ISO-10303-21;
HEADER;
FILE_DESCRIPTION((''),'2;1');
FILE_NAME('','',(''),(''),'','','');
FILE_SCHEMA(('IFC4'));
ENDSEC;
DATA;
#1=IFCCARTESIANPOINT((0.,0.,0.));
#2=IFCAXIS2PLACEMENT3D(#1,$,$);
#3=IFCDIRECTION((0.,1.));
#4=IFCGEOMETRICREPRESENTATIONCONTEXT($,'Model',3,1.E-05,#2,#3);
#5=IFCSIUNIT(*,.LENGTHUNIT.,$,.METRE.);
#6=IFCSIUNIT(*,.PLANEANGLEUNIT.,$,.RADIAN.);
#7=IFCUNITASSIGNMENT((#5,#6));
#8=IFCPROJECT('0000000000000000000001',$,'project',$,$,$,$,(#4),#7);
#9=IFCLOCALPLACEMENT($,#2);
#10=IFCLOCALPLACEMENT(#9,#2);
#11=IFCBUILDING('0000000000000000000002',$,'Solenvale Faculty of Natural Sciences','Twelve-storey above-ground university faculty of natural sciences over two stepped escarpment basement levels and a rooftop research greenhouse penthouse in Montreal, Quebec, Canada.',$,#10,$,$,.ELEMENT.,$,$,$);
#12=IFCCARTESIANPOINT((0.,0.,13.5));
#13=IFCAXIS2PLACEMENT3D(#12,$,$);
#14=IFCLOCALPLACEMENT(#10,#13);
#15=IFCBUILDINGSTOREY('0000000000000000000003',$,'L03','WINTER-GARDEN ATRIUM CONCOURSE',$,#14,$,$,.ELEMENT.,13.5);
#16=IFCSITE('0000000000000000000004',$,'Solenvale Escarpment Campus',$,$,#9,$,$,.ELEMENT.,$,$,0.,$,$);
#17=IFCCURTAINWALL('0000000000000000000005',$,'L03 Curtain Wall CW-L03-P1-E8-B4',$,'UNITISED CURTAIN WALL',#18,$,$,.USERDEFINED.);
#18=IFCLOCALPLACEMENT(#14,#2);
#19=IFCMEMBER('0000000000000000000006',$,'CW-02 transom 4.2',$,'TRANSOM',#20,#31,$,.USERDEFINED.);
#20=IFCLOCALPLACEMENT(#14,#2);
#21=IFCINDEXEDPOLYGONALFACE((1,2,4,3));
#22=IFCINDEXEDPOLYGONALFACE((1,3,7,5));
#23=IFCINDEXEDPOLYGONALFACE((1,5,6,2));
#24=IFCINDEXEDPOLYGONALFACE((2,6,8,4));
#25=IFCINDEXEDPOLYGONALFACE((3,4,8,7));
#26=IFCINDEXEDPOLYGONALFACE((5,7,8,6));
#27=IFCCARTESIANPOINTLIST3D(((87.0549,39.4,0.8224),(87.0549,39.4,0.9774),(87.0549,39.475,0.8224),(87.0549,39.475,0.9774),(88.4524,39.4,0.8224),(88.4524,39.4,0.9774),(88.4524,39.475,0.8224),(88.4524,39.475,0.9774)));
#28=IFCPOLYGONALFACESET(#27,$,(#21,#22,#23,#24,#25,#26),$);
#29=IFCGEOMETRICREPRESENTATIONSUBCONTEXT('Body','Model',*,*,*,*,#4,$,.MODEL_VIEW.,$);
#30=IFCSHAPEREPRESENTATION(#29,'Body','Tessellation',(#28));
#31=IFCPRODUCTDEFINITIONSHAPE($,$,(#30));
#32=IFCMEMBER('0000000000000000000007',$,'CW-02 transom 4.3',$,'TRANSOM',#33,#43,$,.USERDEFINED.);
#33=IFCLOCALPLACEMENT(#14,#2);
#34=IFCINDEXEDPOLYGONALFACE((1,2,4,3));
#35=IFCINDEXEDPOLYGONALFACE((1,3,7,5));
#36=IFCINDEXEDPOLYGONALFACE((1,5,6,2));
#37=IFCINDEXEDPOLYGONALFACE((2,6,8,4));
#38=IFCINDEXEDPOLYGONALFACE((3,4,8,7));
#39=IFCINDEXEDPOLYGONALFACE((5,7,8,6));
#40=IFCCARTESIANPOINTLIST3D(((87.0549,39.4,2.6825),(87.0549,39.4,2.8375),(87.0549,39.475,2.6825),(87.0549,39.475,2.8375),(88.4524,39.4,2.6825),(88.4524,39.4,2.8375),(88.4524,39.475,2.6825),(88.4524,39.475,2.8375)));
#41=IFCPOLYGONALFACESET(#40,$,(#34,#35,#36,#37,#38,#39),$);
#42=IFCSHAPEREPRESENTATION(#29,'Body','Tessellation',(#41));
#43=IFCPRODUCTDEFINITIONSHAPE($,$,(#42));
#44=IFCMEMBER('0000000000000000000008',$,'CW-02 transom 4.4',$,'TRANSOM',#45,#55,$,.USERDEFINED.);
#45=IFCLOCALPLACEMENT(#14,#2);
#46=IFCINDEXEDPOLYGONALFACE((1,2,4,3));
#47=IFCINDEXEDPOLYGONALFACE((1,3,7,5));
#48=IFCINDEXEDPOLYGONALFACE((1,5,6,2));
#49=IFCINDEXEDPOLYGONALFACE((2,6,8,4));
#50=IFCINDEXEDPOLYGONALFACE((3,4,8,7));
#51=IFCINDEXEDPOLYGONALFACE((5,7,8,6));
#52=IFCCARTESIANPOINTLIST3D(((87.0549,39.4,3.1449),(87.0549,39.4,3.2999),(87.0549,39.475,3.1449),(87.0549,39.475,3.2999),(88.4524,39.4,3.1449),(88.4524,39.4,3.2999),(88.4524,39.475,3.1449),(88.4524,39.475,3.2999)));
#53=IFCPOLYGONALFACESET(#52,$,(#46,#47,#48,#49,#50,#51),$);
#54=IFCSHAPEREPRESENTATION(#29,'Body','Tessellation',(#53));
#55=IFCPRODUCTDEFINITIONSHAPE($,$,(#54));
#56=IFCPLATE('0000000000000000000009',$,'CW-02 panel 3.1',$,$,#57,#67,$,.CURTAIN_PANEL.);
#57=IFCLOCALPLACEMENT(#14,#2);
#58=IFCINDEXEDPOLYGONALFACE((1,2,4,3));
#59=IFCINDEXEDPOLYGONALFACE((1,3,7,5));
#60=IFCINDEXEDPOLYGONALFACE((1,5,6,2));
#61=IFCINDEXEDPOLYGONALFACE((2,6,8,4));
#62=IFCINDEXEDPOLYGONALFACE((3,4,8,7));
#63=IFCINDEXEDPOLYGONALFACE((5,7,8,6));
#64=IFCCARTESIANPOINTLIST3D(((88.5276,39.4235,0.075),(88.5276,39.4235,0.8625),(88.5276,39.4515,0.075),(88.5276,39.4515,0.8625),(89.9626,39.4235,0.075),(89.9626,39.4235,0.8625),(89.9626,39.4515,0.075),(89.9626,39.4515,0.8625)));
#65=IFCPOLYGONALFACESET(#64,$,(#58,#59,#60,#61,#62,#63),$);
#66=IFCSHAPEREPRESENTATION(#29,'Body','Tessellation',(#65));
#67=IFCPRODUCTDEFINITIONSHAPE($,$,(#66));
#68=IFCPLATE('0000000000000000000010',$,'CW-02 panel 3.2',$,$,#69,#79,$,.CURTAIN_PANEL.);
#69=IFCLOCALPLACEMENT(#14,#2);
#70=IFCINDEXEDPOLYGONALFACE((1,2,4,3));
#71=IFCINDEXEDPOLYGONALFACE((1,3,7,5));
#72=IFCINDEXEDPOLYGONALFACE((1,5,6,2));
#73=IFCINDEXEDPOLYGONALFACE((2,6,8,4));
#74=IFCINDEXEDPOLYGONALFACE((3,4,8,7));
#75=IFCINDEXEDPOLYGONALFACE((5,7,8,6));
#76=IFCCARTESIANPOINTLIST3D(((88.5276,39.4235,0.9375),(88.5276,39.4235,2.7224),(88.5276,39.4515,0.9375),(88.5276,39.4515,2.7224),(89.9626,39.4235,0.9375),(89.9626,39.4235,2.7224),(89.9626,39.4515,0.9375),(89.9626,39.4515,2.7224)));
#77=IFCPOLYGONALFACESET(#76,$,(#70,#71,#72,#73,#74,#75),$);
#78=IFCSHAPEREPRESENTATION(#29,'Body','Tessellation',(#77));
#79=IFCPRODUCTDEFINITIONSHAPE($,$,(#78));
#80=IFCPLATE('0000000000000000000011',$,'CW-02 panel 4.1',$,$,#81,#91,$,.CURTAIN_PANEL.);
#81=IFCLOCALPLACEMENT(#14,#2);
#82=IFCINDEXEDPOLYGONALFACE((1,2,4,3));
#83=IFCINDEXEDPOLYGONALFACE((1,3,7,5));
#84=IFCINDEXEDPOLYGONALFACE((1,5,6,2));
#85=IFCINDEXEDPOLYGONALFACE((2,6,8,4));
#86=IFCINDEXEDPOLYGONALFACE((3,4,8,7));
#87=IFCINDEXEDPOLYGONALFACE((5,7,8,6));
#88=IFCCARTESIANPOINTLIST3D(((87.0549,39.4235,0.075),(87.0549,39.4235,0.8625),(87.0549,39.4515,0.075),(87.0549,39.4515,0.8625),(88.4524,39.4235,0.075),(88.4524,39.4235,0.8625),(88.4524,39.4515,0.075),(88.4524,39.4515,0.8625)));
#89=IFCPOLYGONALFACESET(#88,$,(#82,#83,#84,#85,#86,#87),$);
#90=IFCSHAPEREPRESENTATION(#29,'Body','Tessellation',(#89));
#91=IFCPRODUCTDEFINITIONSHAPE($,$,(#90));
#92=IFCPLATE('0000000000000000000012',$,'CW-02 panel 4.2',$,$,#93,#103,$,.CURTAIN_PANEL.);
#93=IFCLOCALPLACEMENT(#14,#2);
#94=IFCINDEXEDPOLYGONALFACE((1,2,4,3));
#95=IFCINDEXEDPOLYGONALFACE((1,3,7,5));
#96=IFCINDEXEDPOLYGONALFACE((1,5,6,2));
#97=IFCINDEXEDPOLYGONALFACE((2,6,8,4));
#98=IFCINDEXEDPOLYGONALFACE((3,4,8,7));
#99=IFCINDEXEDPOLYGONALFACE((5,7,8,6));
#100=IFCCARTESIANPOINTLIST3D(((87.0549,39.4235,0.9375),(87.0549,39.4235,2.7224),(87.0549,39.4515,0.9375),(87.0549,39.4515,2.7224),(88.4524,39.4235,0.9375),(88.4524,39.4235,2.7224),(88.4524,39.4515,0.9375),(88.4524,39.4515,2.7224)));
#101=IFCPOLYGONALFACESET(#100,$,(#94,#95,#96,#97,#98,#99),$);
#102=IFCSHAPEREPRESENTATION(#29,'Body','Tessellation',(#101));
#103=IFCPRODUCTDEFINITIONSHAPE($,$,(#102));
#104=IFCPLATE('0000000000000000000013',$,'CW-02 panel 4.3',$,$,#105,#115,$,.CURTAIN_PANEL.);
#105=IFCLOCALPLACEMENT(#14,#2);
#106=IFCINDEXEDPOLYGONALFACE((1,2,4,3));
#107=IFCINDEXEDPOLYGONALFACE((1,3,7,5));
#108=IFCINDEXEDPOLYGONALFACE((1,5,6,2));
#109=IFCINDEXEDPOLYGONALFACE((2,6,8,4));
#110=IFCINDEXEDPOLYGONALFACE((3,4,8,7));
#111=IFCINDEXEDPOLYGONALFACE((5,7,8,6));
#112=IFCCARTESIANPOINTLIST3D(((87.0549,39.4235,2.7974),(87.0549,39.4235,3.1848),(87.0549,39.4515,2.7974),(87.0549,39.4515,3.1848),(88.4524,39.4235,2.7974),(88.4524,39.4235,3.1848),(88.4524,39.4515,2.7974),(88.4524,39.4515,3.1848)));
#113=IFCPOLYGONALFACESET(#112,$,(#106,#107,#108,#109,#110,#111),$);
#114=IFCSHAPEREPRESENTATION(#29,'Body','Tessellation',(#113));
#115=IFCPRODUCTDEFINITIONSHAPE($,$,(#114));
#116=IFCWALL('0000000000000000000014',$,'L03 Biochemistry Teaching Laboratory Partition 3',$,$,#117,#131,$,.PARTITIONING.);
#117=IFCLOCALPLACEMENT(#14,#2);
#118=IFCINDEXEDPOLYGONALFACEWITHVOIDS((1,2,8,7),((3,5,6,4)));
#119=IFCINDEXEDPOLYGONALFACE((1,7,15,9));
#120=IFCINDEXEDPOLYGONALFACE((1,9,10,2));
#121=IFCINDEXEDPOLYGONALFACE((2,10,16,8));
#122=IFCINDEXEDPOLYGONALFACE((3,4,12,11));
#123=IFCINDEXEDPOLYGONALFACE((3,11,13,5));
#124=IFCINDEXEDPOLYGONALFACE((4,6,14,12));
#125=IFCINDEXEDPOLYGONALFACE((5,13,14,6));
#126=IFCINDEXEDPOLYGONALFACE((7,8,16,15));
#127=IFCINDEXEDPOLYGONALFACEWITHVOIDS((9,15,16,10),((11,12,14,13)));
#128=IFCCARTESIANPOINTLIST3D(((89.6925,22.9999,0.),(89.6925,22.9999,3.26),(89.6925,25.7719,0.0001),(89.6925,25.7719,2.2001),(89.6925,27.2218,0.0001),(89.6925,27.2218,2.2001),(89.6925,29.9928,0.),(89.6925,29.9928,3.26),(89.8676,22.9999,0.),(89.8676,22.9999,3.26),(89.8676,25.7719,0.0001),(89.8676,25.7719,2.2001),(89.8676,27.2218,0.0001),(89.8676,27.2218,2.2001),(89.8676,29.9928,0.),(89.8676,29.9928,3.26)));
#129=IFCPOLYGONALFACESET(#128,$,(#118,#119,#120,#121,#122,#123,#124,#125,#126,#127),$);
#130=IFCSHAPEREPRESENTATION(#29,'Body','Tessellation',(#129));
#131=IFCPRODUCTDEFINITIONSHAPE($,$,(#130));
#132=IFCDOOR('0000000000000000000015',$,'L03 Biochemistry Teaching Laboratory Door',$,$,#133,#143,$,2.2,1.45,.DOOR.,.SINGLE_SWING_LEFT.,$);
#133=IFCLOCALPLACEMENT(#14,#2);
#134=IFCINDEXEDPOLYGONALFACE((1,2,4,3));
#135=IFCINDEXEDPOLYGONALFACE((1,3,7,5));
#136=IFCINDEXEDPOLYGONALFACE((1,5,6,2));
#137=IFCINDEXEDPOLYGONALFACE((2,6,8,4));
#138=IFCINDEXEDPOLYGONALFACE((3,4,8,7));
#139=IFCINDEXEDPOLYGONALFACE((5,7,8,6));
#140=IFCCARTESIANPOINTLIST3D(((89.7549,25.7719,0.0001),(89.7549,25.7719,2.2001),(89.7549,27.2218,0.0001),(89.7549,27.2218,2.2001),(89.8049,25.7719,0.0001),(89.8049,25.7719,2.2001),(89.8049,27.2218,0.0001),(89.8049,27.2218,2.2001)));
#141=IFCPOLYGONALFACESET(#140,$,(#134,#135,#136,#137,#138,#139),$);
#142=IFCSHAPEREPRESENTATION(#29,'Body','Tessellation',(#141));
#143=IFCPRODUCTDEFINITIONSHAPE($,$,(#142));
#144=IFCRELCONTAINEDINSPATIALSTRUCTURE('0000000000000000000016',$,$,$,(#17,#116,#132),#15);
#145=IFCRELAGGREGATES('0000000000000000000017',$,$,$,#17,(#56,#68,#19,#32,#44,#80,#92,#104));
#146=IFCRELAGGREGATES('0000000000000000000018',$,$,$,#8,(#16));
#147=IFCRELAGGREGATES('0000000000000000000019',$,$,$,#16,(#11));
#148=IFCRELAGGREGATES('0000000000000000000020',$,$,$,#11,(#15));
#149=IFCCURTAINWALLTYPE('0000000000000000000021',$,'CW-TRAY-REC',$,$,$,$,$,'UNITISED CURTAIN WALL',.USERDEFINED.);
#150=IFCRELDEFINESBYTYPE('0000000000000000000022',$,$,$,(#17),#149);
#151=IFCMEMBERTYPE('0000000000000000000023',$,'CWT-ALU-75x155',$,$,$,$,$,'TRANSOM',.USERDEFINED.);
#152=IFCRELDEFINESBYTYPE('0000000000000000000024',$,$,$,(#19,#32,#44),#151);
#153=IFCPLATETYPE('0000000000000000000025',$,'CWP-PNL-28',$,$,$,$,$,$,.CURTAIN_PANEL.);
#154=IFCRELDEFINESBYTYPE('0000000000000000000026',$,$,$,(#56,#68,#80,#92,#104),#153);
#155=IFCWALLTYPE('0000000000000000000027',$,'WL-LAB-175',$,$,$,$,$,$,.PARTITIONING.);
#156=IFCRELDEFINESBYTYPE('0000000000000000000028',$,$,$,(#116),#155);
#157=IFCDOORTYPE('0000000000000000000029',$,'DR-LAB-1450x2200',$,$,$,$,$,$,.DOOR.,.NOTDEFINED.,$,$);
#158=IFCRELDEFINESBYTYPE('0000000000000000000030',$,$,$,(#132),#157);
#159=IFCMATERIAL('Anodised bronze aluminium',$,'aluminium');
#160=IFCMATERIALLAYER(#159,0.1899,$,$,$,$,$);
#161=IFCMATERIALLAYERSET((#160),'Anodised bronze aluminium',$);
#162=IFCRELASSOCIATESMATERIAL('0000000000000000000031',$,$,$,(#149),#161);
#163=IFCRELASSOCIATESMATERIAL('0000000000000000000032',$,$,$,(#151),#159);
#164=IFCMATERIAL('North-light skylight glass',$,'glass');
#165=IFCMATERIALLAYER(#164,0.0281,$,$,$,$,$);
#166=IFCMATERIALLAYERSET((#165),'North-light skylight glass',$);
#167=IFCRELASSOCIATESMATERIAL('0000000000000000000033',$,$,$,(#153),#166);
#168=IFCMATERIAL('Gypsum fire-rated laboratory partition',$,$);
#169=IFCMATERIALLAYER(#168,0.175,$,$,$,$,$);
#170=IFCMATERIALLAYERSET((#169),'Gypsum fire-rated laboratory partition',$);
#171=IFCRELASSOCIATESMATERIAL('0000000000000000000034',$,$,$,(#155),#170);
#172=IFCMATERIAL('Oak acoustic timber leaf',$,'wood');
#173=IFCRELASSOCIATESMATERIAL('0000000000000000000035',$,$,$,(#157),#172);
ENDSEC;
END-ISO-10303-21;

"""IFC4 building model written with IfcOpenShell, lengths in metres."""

from ifc_helpers import new_model, si_unit, direction, frame, frame_2d, origin, origin_2d, place, context, subcontext, project, spatial, rectangle, extrude, material, layer, layer_set, material_profile, profile_set, type_object, element, fill, aggregate, save


model = new_model("IFC4")

# Units and contexts
model_context = context("Model", 3, precision=1e-05, world=origin(), true_north=direction((0.0, 1.0)))
body_context = subcontext(model_context, "Body", "Model", "MODEL_VIEW")
ifc_project = project(units=[si_unit("LENGTHUNIT", "METRE"), si_unit("PLANEANGLEUNIT", "RADIAN")], contexts=[model_context])

# Site, building, storey
site_placement = place(None, origin())
site = spatial("IfcSite", under=ifc_project, at=site_placement, Name="Solenvale Escarpment Campus", CompositionType="ELEMENT", RefElevation=0.0)
building_placement = place(site_placement, origin())
building = spatial("IfcBuilding", under=site, at=building_placement, Name="Solenvale Faculty of Natural Sciences", Description="Twelve-storey above-ground university faculty of natural sciences over two stepped escarpment basement levels and a rooftop research greenhouse penthouse in Montreal, Quebec, Canada.", CompositionType="ELEMENT")
storey_placement = place(building_placement, frame((0.0, 0.0, 13.5)))
storey = spatial("IfcBuildingStorey", under=building, at=storey_placement, Name="L03", Description="WINTER-GARDEN ATRIUM CONCOURSE", CompositionType="ELEMENT", Elevation=13.5)

# Curtain wall, members, plates
ifc_material_1 = material(Name="Anodised bronze aluminium", Category="aluminium")
ifc_layer_1 = layer(ifc_material_1, 0.1899)
ifc_layer_set_1 = layer_set([ifc_layer_1], Name="Anodised bronze aluminium")
curtain_wall_type = type_object("IfcCurtainWallType", Name="CW-TRAY-REC", ElementType="UNITISED CURTAIN WALL", PredefinedType="USERDEFINED", material=ifc_layer_set_1)
curtain_wall_placement = place(storey_placement, origin())
curtain_wall = element("IfcCurtainWall", 1, at=curtain_wall_placement, inside=storey, type_object=curtain_wall_type, Name="L03 Curtain Wall CW-L03-P1-E8-B4", ObjectType="UNITISED CURTAIN WALL", PredefinedType="USERDEFINED")
ifc_material_profile_1 = material_profile(ifc_material_1, rectangle(XDim=0.075, YDim=0.155, at=origin_2d()), Name="ALU-TRN-75x155")
ifc_profile_set_1 = profile_set([ifc_material_profile_1], Name="Anodised bronze aluminium")
member_type_1 = type_object("IfcMemberType", Name="CWT-ALU-75x155", ElementType="TRANSOM", PredefinedType="USERDEFINED", material=ifc_profile_set_1)
member_1_placement = place(storey_placement, frame((88.4524, 39.4375, 0.8999), z_axis=(-1.0, 0.0, 0.0), x_axis=(0.0, -1.0, 0.0)))
member_1 = element("IfcMember", 2, at=member_1_placement, type_object=member_type_1, Name="CW-02 transom 4.2", ObjectType="TRANSOM", PredefinedType="USERDEFINED", context=body_context, shape_type="SweptSolid", body=[
    extrude(rectangle(XDim=0.075, YDim=0.155, at=origin_2d()), origin(), (0.0, 0.0, 1.0), 1.3975),
])
member_2_placement = place(storey_placement, frame((88.4524, 39.4375, 2.76), z_axis=(-1.0, 0.0, 0.0), x_axis=(0.0, -1.0, 0.0)))
member_2 = element("IfcMember", 3, at=member_2_placement, type_object=member_type_1, Name="CW-02 transom 4.3", ObjectType="TRANSOM", PredefinedType="USERDEFINED", context=body_context, shape_type="SweptSolid", body=[
    extrude(rectangle(XDim=0.075, YDim=0.155, at=origin_2d()), origin(), (0.0, 0.0, 1.0), 1.3975),
])
member_3_placement = place(storey_placement, frame((88.4524, 39.4375, 3.2224), z_axis=(-1.0, 0.0, 0.0), x_axis=(0.0, -1.0, 0.0)))
member_3 = element("IfcMember", 4, at=member_3_placement, type_object=member_type_1, Name="CW-02 transom 4.4", ObjectType="TRANSOM", PredefinedType="USERDEFINED", context=body_context, shape_type="SweptSolid", body=[
    extrude(rectangle(XDim=0.075, YDim=0.155, at=origin_2d()), origin(), (0.0, 0.0, 1.0), 1.3975),
])
ifc_material_2 = material(Name="North-light skylight glass", Category="glass")
ifc_layer_2 = layer(ifc_material_2, 0.0281)
ifc_layer_set_2 = layer_set([ifc_layer_2], Name="North-light skylight glass")
plate_type = type_object("IfcPlateType", Name="CWP-PNL-28", PredefinedType="CURTAIN_PANEL", material=ifc_layer_set_2)
plate_1_placement = place(storey_placement, frame((89.2451, 39.4375, 0.075), z_axis=(0.0, 0.0, 1.0), x_axis=(-1.0, 0.0, 0.0)))
plate_1 = element("IfcPlate", 5, at=plate_1_placement, type_object=plate_type, Name="CW-02 panel 3.1", PredefinedType="CURTAIN_PANEL", context=body_context, shape_type="SweptSolid", body=[
    extrude(rectangle(XDim=1.4351, YDim=0.0281, at=origin_2d()), origin(), (0.0, 0.0, 1.0), 0.7876),
])
plate_2_placement = place(storey_placement, frame((89.2451, 39.4375, 0.9375), z_axis=(0.0, 0.0, 1.0), x_axis=(-1.0, 0.0, 0.0)))
plate_2 = element("IfcPlate", 6, at=plate_2_placement, type_object=plate_type, Name="CW-02 panel 3.2", PredefinedType="CURTAIN_PANEL", context=body_context, shape_type="SweptSolid", body=[
    extrude(rectangle(XDim=1.4351, YDim=0.0281, at=origin_2d()), origin(), (0.0, 0.0, 1.0), 1.7849),
])
plate_3_placement = place(storey_placement, frame((87.7537, 39.4375, 0.075), z_axis=(0.0, 0.0, 1.0), x_axis=(-1.0, 0.0, 0.0)))
plate_3 = element("IfcPlate", 7, at=plate_3_placement, type_object=plate_type, Name="CW-02 panel 4.1", PredefinedType="CURTAIN_PANEL", context=body_context, shape_type="SweptSolid", body=[
    extrude(rectangle(XDim=1.3975, YDim=0.0281, at=origin_2d()), origin(), (0.0, 0.0, 1.0), 0.7876),
])
plate_4_placement = place(storey_placement, frame((87.7537, 39.4375, 0.9375), z_axis=(0.0, 0.0, 1.0), x_axis=(-1.0, 0.0, 0.0)))
plate_4 = element("IfcPlate", 8, at=plate_4_placement, type_object=plate_type, Name="CW-02 panel 4.2", PredefinedType="CURTAIN_PANEL", context=body_context, shape_type="SweptSolid", body=[
    extrude(rectangle(XDim=1.3975, YDim=0.0281, at=origin_2d()), origin(), (0.0, 0.0, 1.0), 1.7849),
])
plate_5_placement = place(storey_placement, frame((87.7537, 39.4375, 2.7974), z_axis=(0.0, 0.0, 1.0), x_axis=(-1.0, 0.0, 0.0)))
plate_5 = element("IfcPlate", 9, at=plate_5_placement, type_object=plate_type, Name="CW-02 panel 4.3", PredefinedType="CURTAIN_PANEL", context=body_context, shape_type="SweptSolid", body=[
    extrude(rectangle(XDim=1.3975, YDim=0.0281, at=origin_2d()), origin(), (0.0, 0.0, 1.0), 0.3875),
])
aggregate(curtain_wall, [plate_1, plate_2, member_1, member_2, member_3, plate_3, plate_4, plate_5])

# Wall, opening, door
ifc_material_3 = material(Name="Gypsum fire-rated laboratory partition")
ifc_layer_3 = layer(ifc_material_3, 0.175)
ifc_layer_set_3 = layer_set([ifc_layer_3], Name="Gypsum fire-rated laboratory partition")
wall_type_1 = type_object("IfcWallType", Name="WL-LAB-175", PredefinedType="PARTITIONING", material=ifc_layer_set_3)
wall_1_placement = place(storey_placement, frame((89.78, 29.9929, 0.0), z_axis=(0.0, 0.0, 1.0), x_axis=(0.0, -1.0, 0.0)))
wall_1 = element("IfcWall", 10, at=wall_1_placement, inside=storey, type_object=wall_type_1, Name="L03 Biochemistry Teaching Laboratory Partition 3", PredefinedType="PARTITIONING", context=body_context, shape_type="SweptSolid", body=[
    extrude(rectangle(XDim=6.9929, YDim=0.175, at=frame_2d((3.4966, 0.0))), origin(), (0.0, 0.0, 1.0), 3.26),
])
opening_placement = place(wall_1_placement, frame((2.771, 0.0, 0.0)))
opening = element("IfcOpeningElement", 11, at=opening_placement, cuts=wall_1, PredefinedType="OPENING", context=body_context, shape_type="SweptSolid", body=[
    extrude(rectangle(XDim=1.45, YDim=2.2, at=frame_2d((0.7251, 1.1001))), frame((0.0, 0.0974, 0.0), z_axis=(0.0, -1.0, 0.0), x_axis=(1.0, 0.0, 0.0)), (0.0, 0.0, 1.0), 0.1951),
])
ifc_material_4 = material(Name="Oak acoustic timber leaf", Category="wood")
door_type = type_object("IfcDoorType", Name="DR-LAB-1450x2200", OperationType="NOTDEFINED", PredefinedType="DOOR", material=ifc_material_4)
door_placement = place(opening_placement, origin())
door = element("IfcDoor", 12, at=door_placement, inside=storey, type_object=door_type, Name="L03 Biochemistry Teaching Laboratory Door", OperationType="SINGLE_SWING_LEFT", OverallHeight=2.2, OverallWidth=1.45, PredefinedType="DOOR", context=body_context, shape_type="SweptSolid", body=[
    extrude(rectangle(XDim=1.45, YDim=2.2, at=frame_2d((0.7251, 1.1001))), frame((0.0, 0.0249, 0.0), z_axis=(0.0, -1.0, 0.0), x_axis=(1.0, 0.0, 0.0)), (0.0, 0.0, 1.0), 0.05),
])
fill(opening, door)

save(model, "model.ifc")
